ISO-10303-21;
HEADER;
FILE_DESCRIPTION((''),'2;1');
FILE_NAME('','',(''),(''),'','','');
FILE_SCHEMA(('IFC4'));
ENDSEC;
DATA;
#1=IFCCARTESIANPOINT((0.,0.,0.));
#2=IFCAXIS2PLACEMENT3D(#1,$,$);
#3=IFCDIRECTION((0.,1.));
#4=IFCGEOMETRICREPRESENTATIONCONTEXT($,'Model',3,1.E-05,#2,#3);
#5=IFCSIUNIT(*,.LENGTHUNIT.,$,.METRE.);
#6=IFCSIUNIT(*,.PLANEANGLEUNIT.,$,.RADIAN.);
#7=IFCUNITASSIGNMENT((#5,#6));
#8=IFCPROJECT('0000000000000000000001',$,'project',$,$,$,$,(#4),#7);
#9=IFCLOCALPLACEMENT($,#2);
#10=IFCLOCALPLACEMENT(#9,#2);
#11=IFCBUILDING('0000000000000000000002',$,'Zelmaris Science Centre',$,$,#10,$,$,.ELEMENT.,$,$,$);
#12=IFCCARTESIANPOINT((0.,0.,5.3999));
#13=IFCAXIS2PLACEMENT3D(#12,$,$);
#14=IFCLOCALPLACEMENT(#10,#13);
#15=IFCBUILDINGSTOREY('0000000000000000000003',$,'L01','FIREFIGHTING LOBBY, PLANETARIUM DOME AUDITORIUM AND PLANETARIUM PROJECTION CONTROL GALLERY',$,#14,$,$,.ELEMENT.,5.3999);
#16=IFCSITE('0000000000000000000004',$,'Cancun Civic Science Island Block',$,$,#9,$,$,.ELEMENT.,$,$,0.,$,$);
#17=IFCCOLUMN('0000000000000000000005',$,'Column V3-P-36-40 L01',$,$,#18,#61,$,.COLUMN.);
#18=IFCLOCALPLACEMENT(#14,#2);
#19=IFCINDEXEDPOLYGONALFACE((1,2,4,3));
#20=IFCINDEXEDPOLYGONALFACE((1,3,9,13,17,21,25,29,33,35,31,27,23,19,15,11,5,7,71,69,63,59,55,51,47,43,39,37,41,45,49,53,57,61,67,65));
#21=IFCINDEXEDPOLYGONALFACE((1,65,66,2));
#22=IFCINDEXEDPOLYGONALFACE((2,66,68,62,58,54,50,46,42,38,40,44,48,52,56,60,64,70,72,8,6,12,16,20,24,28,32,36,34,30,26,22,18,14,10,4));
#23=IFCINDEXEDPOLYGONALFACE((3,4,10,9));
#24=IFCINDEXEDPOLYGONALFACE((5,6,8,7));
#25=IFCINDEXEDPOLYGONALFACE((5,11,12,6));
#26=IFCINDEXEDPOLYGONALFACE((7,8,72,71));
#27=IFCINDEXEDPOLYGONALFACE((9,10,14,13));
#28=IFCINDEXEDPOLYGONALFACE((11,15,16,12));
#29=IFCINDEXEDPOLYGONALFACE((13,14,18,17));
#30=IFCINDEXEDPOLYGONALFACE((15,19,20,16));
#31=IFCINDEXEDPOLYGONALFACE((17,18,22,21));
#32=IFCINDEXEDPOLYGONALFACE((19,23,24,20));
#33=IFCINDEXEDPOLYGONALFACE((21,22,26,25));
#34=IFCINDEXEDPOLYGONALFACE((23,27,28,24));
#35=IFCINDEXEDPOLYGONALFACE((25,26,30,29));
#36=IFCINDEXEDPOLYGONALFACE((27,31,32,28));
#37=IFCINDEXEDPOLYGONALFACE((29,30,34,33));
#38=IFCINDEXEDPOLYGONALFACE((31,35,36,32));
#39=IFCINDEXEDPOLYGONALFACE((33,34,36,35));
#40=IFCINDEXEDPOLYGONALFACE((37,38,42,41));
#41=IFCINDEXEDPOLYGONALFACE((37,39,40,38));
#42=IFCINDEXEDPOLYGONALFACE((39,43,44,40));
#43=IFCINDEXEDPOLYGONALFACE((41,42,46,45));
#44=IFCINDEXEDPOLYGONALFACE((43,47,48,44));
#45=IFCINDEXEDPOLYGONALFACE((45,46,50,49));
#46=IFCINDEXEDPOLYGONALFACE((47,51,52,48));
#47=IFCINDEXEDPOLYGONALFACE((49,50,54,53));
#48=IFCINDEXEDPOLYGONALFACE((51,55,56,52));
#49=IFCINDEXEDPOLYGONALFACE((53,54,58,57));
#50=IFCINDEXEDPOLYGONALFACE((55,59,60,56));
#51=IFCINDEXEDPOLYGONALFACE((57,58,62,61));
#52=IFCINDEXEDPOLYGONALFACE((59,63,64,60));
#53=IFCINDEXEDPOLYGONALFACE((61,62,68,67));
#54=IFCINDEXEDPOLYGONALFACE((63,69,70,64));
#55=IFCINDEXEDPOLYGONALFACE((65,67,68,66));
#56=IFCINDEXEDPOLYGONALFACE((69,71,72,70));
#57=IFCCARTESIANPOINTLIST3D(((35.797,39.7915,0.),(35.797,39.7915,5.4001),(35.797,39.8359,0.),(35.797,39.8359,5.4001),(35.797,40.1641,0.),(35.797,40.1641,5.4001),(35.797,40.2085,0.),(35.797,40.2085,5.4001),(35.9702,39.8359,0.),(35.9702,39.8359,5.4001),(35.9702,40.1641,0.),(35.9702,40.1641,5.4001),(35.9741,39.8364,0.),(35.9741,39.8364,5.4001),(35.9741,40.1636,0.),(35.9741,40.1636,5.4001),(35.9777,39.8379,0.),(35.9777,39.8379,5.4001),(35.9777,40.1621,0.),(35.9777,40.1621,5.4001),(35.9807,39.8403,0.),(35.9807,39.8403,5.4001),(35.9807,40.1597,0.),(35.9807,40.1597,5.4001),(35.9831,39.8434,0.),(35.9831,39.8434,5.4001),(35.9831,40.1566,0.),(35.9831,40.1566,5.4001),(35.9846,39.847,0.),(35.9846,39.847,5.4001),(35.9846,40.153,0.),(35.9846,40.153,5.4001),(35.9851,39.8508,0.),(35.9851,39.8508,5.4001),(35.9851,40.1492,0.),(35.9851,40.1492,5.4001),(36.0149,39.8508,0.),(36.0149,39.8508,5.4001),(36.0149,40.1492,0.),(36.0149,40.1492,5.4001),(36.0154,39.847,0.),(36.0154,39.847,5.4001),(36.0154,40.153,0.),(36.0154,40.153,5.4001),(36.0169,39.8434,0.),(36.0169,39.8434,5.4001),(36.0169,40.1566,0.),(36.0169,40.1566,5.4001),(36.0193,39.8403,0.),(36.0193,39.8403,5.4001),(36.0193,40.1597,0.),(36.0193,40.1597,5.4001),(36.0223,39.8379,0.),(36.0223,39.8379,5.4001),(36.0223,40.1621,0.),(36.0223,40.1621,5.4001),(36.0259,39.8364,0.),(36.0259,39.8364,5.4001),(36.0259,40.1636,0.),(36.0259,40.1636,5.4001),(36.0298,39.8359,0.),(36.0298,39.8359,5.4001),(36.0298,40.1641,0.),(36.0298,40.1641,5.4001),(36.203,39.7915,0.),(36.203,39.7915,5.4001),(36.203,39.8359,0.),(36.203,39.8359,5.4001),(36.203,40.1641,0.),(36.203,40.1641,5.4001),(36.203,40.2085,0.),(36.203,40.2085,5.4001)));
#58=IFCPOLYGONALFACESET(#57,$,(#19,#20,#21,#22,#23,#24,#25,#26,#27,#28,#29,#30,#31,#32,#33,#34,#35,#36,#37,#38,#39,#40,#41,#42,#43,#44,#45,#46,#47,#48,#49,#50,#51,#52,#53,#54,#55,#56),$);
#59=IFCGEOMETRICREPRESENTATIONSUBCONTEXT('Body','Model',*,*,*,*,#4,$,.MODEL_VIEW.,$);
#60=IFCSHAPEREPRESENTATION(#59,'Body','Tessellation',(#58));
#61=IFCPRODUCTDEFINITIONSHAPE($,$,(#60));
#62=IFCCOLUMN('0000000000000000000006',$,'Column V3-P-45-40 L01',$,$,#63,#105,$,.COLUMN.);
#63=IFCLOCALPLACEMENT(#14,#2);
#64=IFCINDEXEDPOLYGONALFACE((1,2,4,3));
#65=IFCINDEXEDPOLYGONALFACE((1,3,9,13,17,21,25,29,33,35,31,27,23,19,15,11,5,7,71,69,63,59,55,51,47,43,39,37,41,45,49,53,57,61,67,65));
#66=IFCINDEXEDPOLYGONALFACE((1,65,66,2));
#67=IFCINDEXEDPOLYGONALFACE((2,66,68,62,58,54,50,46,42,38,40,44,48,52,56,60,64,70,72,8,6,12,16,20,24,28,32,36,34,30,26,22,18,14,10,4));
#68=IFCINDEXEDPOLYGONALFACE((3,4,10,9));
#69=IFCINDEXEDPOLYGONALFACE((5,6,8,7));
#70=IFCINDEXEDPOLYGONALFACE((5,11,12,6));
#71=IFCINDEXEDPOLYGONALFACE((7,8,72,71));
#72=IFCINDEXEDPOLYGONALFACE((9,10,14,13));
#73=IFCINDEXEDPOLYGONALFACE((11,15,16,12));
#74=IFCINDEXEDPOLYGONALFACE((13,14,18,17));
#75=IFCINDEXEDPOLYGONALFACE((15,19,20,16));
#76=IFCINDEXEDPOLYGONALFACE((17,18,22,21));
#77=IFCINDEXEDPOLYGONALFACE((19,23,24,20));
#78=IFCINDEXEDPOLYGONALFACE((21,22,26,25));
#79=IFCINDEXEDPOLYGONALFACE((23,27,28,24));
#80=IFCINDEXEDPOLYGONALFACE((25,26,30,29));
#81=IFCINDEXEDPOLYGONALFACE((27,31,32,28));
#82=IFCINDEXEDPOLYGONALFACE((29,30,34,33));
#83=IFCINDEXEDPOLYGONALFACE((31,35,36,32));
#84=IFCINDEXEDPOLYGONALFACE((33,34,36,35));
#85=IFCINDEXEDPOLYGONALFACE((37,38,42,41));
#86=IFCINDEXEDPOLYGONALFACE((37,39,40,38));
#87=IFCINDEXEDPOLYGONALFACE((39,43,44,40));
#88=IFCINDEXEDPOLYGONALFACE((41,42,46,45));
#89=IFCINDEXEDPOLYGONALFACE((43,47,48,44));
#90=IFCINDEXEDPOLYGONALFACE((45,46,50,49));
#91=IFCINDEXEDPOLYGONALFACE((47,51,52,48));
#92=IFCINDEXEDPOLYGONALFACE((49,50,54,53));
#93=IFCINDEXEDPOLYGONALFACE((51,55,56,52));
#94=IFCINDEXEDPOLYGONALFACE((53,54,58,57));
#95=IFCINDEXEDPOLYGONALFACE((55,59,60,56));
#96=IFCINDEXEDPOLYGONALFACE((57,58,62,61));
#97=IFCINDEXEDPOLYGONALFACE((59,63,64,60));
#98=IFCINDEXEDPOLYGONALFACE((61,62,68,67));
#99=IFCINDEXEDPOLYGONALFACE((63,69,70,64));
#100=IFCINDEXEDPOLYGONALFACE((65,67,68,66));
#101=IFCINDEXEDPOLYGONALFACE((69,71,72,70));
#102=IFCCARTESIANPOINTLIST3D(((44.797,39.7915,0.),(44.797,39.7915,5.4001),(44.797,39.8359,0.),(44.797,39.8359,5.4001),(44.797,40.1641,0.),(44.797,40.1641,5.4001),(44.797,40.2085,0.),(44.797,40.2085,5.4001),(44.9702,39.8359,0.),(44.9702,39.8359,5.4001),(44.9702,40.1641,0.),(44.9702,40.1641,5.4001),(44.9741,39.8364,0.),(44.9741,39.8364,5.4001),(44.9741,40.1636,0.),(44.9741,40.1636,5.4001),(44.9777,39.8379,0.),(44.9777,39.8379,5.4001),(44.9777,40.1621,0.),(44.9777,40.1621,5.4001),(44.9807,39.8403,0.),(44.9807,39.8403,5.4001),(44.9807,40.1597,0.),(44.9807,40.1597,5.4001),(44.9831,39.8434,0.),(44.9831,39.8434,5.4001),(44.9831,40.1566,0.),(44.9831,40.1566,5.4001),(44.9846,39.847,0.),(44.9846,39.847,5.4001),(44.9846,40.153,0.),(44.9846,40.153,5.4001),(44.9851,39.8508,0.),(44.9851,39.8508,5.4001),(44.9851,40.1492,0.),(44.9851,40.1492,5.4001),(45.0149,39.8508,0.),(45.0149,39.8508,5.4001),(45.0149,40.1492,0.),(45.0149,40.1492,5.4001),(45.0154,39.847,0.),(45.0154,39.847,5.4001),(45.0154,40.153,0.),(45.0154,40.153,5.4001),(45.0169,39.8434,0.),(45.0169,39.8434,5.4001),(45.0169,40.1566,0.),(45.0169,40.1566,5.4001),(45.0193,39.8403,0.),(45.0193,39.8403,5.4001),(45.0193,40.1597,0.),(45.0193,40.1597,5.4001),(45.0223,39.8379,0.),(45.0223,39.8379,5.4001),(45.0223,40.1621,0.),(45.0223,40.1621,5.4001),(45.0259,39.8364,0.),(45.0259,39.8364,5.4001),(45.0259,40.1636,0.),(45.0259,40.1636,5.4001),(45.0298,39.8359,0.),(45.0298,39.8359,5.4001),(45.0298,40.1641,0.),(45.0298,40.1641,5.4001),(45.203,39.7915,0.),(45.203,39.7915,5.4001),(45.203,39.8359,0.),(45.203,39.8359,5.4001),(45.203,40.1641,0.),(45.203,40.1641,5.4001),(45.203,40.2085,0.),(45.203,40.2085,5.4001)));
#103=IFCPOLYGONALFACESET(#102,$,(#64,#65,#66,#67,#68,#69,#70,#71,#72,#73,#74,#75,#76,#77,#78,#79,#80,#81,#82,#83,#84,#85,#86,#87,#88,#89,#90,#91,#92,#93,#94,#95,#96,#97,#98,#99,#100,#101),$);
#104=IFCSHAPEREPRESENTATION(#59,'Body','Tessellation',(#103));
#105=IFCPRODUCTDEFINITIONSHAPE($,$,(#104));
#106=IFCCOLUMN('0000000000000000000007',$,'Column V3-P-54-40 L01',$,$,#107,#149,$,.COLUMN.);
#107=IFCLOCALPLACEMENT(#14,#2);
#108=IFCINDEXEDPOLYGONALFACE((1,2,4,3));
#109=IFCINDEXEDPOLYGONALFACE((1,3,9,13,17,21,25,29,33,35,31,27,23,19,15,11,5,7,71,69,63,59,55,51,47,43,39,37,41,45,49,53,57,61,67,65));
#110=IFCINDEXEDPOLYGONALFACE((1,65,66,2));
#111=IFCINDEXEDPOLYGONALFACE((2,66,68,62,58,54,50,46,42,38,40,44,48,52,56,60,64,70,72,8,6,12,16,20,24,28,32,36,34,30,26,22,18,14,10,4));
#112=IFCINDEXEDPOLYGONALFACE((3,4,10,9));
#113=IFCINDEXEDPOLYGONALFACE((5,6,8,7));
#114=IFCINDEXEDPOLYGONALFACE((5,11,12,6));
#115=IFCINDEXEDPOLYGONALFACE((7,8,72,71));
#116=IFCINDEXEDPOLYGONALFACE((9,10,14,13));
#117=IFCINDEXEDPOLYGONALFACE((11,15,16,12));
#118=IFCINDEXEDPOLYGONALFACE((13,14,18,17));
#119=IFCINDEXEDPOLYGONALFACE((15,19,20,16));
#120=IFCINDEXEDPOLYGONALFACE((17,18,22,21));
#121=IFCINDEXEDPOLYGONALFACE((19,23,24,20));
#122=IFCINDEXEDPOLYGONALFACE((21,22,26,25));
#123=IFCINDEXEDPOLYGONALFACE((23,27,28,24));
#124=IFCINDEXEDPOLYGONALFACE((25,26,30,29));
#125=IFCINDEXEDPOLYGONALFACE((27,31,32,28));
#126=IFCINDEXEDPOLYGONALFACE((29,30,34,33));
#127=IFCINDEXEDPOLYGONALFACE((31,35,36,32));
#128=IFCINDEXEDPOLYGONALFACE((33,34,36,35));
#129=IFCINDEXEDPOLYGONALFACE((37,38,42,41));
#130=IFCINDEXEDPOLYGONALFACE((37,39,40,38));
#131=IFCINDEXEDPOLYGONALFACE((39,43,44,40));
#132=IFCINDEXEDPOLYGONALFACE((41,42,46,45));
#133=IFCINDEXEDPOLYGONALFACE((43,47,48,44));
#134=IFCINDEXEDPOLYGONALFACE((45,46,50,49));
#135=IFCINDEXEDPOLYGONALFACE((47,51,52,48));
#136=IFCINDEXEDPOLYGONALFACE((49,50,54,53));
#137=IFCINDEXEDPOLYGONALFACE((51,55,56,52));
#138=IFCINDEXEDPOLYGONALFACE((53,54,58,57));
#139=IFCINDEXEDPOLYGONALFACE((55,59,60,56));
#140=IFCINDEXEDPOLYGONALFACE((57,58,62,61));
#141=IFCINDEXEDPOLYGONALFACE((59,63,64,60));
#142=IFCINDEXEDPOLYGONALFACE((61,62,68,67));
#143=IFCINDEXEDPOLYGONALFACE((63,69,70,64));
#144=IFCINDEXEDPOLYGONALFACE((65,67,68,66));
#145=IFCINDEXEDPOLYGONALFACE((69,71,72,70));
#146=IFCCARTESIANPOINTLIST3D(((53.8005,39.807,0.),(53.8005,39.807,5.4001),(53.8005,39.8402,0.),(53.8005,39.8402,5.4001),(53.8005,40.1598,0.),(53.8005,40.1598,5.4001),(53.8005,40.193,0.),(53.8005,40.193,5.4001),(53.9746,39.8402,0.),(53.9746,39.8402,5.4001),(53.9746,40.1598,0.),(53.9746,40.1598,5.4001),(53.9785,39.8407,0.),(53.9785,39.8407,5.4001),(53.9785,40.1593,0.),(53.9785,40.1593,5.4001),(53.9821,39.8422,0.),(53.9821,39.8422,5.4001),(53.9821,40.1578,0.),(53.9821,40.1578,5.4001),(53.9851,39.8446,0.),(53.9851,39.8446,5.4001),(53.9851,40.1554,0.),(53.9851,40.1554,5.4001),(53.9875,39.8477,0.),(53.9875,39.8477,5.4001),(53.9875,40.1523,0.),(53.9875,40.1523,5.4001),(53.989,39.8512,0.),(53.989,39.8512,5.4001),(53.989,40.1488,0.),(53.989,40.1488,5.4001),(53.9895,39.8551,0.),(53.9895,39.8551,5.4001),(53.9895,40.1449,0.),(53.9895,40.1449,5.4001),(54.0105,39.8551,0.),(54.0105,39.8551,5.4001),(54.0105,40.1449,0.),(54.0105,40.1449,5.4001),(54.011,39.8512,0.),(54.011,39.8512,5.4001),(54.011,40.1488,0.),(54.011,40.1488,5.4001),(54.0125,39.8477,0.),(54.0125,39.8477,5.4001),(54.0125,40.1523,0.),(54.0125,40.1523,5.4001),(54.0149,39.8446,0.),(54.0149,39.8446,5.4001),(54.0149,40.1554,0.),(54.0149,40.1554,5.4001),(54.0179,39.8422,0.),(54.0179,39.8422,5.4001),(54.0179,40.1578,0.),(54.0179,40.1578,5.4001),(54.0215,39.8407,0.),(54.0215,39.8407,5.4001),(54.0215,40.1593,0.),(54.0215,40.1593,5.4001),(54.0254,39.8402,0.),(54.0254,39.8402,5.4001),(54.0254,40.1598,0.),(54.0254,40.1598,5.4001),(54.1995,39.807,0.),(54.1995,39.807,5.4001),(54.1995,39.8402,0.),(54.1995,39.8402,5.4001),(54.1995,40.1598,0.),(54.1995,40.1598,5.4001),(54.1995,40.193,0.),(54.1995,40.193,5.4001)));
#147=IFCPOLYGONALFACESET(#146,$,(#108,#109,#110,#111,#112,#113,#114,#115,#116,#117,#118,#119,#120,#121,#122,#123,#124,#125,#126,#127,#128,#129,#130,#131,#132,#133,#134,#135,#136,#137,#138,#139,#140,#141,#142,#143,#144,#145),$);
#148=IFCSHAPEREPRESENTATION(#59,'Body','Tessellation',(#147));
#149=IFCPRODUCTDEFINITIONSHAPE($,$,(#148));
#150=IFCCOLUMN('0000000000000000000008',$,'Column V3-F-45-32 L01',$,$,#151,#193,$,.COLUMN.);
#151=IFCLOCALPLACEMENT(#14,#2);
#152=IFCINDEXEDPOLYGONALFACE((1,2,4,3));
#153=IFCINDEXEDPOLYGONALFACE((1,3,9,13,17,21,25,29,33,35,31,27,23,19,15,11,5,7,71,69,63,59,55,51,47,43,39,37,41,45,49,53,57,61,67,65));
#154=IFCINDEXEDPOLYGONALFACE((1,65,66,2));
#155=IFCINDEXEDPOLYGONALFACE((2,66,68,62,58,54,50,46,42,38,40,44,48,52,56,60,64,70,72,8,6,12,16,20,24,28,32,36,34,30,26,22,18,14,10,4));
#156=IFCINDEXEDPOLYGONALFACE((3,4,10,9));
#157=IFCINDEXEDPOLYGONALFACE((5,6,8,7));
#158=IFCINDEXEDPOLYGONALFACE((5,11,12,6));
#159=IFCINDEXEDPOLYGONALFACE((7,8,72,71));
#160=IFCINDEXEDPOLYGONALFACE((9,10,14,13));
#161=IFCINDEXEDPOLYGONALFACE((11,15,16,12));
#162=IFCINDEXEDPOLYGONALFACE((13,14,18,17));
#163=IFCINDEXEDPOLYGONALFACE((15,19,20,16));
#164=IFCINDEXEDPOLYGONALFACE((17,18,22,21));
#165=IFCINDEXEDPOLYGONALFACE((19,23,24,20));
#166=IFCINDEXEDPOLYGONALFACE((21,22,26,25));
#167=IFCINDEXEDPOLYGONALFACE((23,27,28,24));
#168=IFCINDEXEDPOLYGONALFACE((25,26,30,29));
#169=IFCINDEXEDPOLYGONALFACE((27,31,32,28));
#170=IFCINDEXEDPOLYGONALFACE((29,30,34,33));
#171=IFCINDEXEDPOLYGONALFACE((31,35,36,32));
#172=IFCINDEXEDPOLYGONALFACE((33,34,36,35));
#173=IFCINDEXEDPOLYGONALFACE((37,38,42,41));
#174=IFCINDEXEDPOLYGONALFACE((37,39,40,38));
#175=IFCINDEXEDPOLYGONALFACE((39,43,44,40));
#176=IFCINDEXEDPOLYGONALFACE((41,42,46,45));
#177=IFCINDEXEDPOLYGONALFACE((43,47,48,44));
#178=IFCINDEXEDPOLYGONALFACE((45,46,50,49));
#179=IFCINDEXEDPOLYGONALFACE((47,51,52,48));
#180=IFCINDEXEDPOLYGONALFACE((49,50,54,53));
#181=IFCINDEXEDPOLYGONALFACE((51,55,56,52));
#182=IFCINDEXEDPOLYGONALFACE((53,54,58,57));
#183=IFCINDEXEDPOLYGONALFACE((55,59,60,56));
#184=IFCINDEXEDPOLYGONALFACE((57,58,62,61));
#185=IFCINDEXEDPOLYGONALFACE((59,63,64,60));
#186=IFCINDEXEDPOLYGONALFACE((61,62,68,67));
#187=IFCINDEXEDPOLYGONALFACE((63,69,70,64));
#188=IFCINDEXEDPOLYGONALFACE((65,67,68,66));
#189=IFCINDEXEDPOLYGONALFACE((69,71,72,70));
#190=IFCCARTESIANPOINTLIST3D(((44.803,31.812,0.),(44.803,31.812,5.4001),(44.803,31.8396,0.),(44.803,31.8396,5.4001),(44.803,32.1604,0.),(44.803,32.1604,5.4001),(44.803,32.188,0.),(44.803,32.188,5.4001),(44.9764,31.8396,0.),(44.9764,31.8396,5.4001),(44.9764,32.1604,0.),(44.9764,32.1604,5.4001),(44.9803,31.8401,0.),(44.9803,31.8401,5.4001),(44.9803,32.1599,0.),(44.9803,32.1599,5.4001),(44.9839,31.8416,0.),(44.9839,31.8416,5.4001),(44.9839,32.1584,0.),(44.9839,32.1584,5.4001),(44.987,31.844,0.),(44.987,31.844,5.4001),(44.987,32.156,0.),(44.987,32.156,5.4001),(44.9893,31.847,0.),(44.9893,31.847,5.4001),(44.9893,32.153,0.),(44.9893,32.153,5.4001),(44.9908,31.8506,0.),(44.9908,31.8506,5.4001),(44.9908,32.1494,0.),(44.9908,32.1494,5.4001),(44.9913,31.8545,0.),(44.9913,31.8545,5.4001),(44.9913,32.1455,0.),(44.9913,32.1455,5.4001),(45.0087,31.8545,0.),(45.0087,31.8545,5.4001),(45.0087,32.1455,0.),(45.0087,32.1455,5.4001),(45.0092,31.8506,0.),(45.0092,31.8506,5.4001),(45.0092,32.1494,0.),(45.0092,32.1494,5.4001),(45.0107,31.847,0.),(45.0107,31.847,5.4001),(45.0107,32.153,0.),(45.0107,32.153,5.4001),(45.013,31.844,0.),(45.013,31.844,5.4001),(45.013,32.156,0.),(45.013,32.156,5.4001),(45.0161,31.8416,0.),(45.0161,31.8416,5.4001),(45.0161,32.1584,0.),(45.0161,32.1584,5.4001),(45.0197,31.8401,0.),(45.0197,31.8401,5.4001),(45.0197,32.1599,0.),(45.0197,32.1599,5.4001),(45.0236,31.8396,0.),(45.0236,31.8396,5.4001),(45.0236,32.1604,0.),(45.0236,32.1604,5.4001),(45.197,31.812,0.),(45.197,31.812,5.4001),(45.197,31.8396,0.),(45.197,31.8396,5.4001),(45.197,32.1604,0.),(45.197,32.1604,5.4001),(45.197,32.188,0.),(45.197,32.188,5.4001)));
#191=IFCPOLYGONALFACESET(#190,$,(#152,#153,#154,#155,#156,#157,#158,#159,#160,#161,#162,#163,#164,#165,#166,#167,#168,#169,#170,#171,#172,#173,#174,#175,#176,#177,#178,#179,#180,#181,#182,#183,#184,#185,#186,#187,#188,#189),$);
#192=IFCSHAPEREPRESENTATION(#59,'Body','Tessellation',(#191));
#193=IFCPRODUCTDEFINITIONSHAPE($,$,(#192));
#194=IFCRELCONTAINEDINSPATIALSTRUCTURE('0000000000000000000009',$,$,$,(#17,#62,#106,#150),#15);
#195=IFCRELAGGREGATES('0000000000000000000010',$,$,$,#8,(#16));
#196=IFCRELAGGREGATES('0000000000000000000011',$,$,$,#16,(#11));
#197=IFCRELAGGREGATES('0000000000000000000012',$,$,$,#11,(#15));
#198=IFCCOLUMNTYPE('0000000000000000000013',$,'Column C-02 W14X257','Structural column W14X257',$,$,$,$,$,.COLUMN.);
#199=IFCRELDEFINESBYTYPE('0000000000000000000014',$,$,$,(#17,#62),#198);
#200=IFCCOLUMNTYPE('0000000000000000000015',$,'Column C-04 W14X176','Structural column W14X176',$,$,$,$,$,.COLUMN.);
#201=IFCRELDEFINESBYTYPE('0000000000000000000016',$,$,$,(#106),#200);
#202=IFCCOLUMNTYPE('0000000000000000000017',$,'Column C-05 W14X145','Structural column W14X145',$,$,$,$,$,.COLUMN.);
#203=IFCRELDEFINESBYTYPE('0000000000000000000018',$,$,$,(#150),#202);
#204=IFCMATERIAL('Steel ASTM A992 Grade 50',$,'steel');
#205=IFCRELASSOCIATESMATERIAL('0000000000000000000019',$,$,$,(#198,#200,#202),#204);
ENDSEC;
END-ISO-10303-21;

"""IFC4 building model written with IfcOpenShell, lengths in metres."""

from ifc_helpers import new_model, si_unit, direction, frame, origin, origin_2d, place, context, subcontext, project, spatial, i_section, extrude, material, material_profile, profile_set, type_object, element, save


model = new_model("IFC4")

# Units and contexts
model_context = context("Model", 3, precision=1e-05, world=origin(), true_north=direction((0.0, 1.0)))
body_context = subcontext(model_context, "Body", "Model", "MODEL_VIEW")
ifc_project = project(units=[si_unit("LENGTHUNIT", "METRE"), si_unit("PLANEANGLEUNIT", "RADIAN")], contexts=[model_context])

# Site, building, storey
site_placement = place(None, origin())
site = spatial("IfcSite", under=ifc_project, at=site_placement, Name="Cancun Civic Science Island Block", CompositionType="ELEMENT", RefElevation=0.0)
building_placement = place(site_placement, origin())
building = spatial("IfcBuilding", under=site, at=building_placement, Name="Zelmaris Science Centre", CompositionType="ELEMENT")
storey_placement = place(building_placement, frame((0.0, 0.0, 5.3999)))
storey = spatial("IfcBuildingStorey", under=building, at=storey_placement, Name="L01", Description="FIREFIGHTING LOBBY, PLANETARIUM DOME AUDITORIUM AND PLANETARIUM PROJECTION CONTROL GALLERY", CompositionType="ELEMENT", Elevation=5.3999)

# Columns
ifc_material_1 = material(Name="Steel ASTM A992 Grade 50", Category="steel")
ifc_material_profile_1 = material_profile(ifc_material_1, i_section(OverallWidth=0.406, OverallDepth=0.417, WebThickness=0.0298, FlangeThickness=0.0444, FilletRadius=0.0149, at=origin_2d()), Name="W14X257")
ifc_profile_set_1 = profile_set([ifc_material_profile_1], Name="Steel ASTM A992 Grade 50")
column_type_1 = type_object("IfcColumnType", Name="Column C-02 W14X257", Description="Structural column W14X257", PredefinedType="COLUMN", material=ifc_profile_set_1)
for number, where, z_axis, x_axis, name in (
    (1, (36.0, 40.0, 0.0), (0.0, 0.0, 1.0), (1.0, 0.0, 0.0), "Column V3-P-36-40 L01"),
    (2, (45.0, 40.0, 0.0), (0.0, 0.0, 1.0), (1.0, 0.0, 0.0), "Column V3-P-45-40 L01"),
):
    element("IfcColumn", number, at=place(storey_placement, frame(where, z_axis=z_axis, x_axis=x_axis)), inside=storey, type_object=column_type_1, Name=name, PredefinedType="COLUMN", context=body_context, shape_type="SweptSolid", body=[
        extrude(i_section(OverallWidth=0.406, OverallDepth=0.417, WebThickness=0.0298, FlangeThickness=0.0444, FilletRadius=0.0149, at=origin_2d()), origin(), (0.0, 0.0, 1.0), 5.4001),
    ])
ifc_material_profile_2 = material_profile(ifc_material_1, i_section(OverallWidth=0.3989, OverallDepth=0.386, WebThickness=0.021, FlangeThickness=0.0332, FilletRadius=0.0149, at=origin_2d()), Name="W14X176")
ifc_profile_set_2 = profile_set([ifc_material_profile_2], Name="Steel ASTM A992 Grade 50")
column_type_2 = type_object("IfcColumnType", Name="Column C-04 W14X176", Description="Structural column W14X176", PredefinedType="COLUMN", material=ifc_profile_set_2)
column_1_placement = place(storey_placement, frame((54.0, 40.0, 0.0), z_axis=(0.0, 0.0, 1.0), x_axis=(1.0, 0.0, 0.0)))
element("IfcColumn", 3, at=column_1_placement, inside=storey, type_object=column_type_2, Name="Column V3-P-54-40 L01", PredefinedType="COLUMN", context=body_context, shape_type="SweptSolid", body=[
    extrude(i_section(OverallWidth=0.3989, OverallDepth=0.386, WebThickness=0.021, FlangeThickness=0.0332, FilletRadius=0.0149, at=origin_2d()), origin(), (0.0, 0.0, 1.0), 5.4001),
])
ifc_material_profile_3 = material_profile(ifc_material_1, i_section(OverallWidth=0.394, OverallDepth=0.376, WebThickness=0.0173, FlangeThickness=0.0276, FilletRadius=0.0149, at=origin_2d()), Name="W14X145")
ifc_profile_set_3 = profile_set([ifc_material_profile_3], Name="Steel ASTM A992 Grade 50")
column_type_3 = type_object("IfcColumnType", Name="Column C-05 W14X145", Description="Structural column W14X145", PredefinedType="COLUMN", material=ifc_profile_set_3)
for number, where, z_axis, x_axis, name in (
    (4, (45.0, 32.0, 0.0), (0.0, 0.0, 1.0), (1.0, 0.0, 0.0), "Column V3-F-45-32 L01"),
):
    element("IfcColumn", number, at=place(storey_placement, frame(where, z_axis=z_axis, x_axis=x_axis)), inside=storey, type_object=column_type_3, Name=name, PredefinedType="COLUMN", context=body_context, shape_type="SweptSolid", body=[
        extrude(i_section(OverallWidth=0.394, OverallDepth=0.376, WebThickness=0.0173, FlangeThickness=0.0276, FilletRadius=0.0149, at=origin_2d()), origin(), (0.0, 0.0, 1.0), 5.4001),
    ])

save(model, "model.ifc")
